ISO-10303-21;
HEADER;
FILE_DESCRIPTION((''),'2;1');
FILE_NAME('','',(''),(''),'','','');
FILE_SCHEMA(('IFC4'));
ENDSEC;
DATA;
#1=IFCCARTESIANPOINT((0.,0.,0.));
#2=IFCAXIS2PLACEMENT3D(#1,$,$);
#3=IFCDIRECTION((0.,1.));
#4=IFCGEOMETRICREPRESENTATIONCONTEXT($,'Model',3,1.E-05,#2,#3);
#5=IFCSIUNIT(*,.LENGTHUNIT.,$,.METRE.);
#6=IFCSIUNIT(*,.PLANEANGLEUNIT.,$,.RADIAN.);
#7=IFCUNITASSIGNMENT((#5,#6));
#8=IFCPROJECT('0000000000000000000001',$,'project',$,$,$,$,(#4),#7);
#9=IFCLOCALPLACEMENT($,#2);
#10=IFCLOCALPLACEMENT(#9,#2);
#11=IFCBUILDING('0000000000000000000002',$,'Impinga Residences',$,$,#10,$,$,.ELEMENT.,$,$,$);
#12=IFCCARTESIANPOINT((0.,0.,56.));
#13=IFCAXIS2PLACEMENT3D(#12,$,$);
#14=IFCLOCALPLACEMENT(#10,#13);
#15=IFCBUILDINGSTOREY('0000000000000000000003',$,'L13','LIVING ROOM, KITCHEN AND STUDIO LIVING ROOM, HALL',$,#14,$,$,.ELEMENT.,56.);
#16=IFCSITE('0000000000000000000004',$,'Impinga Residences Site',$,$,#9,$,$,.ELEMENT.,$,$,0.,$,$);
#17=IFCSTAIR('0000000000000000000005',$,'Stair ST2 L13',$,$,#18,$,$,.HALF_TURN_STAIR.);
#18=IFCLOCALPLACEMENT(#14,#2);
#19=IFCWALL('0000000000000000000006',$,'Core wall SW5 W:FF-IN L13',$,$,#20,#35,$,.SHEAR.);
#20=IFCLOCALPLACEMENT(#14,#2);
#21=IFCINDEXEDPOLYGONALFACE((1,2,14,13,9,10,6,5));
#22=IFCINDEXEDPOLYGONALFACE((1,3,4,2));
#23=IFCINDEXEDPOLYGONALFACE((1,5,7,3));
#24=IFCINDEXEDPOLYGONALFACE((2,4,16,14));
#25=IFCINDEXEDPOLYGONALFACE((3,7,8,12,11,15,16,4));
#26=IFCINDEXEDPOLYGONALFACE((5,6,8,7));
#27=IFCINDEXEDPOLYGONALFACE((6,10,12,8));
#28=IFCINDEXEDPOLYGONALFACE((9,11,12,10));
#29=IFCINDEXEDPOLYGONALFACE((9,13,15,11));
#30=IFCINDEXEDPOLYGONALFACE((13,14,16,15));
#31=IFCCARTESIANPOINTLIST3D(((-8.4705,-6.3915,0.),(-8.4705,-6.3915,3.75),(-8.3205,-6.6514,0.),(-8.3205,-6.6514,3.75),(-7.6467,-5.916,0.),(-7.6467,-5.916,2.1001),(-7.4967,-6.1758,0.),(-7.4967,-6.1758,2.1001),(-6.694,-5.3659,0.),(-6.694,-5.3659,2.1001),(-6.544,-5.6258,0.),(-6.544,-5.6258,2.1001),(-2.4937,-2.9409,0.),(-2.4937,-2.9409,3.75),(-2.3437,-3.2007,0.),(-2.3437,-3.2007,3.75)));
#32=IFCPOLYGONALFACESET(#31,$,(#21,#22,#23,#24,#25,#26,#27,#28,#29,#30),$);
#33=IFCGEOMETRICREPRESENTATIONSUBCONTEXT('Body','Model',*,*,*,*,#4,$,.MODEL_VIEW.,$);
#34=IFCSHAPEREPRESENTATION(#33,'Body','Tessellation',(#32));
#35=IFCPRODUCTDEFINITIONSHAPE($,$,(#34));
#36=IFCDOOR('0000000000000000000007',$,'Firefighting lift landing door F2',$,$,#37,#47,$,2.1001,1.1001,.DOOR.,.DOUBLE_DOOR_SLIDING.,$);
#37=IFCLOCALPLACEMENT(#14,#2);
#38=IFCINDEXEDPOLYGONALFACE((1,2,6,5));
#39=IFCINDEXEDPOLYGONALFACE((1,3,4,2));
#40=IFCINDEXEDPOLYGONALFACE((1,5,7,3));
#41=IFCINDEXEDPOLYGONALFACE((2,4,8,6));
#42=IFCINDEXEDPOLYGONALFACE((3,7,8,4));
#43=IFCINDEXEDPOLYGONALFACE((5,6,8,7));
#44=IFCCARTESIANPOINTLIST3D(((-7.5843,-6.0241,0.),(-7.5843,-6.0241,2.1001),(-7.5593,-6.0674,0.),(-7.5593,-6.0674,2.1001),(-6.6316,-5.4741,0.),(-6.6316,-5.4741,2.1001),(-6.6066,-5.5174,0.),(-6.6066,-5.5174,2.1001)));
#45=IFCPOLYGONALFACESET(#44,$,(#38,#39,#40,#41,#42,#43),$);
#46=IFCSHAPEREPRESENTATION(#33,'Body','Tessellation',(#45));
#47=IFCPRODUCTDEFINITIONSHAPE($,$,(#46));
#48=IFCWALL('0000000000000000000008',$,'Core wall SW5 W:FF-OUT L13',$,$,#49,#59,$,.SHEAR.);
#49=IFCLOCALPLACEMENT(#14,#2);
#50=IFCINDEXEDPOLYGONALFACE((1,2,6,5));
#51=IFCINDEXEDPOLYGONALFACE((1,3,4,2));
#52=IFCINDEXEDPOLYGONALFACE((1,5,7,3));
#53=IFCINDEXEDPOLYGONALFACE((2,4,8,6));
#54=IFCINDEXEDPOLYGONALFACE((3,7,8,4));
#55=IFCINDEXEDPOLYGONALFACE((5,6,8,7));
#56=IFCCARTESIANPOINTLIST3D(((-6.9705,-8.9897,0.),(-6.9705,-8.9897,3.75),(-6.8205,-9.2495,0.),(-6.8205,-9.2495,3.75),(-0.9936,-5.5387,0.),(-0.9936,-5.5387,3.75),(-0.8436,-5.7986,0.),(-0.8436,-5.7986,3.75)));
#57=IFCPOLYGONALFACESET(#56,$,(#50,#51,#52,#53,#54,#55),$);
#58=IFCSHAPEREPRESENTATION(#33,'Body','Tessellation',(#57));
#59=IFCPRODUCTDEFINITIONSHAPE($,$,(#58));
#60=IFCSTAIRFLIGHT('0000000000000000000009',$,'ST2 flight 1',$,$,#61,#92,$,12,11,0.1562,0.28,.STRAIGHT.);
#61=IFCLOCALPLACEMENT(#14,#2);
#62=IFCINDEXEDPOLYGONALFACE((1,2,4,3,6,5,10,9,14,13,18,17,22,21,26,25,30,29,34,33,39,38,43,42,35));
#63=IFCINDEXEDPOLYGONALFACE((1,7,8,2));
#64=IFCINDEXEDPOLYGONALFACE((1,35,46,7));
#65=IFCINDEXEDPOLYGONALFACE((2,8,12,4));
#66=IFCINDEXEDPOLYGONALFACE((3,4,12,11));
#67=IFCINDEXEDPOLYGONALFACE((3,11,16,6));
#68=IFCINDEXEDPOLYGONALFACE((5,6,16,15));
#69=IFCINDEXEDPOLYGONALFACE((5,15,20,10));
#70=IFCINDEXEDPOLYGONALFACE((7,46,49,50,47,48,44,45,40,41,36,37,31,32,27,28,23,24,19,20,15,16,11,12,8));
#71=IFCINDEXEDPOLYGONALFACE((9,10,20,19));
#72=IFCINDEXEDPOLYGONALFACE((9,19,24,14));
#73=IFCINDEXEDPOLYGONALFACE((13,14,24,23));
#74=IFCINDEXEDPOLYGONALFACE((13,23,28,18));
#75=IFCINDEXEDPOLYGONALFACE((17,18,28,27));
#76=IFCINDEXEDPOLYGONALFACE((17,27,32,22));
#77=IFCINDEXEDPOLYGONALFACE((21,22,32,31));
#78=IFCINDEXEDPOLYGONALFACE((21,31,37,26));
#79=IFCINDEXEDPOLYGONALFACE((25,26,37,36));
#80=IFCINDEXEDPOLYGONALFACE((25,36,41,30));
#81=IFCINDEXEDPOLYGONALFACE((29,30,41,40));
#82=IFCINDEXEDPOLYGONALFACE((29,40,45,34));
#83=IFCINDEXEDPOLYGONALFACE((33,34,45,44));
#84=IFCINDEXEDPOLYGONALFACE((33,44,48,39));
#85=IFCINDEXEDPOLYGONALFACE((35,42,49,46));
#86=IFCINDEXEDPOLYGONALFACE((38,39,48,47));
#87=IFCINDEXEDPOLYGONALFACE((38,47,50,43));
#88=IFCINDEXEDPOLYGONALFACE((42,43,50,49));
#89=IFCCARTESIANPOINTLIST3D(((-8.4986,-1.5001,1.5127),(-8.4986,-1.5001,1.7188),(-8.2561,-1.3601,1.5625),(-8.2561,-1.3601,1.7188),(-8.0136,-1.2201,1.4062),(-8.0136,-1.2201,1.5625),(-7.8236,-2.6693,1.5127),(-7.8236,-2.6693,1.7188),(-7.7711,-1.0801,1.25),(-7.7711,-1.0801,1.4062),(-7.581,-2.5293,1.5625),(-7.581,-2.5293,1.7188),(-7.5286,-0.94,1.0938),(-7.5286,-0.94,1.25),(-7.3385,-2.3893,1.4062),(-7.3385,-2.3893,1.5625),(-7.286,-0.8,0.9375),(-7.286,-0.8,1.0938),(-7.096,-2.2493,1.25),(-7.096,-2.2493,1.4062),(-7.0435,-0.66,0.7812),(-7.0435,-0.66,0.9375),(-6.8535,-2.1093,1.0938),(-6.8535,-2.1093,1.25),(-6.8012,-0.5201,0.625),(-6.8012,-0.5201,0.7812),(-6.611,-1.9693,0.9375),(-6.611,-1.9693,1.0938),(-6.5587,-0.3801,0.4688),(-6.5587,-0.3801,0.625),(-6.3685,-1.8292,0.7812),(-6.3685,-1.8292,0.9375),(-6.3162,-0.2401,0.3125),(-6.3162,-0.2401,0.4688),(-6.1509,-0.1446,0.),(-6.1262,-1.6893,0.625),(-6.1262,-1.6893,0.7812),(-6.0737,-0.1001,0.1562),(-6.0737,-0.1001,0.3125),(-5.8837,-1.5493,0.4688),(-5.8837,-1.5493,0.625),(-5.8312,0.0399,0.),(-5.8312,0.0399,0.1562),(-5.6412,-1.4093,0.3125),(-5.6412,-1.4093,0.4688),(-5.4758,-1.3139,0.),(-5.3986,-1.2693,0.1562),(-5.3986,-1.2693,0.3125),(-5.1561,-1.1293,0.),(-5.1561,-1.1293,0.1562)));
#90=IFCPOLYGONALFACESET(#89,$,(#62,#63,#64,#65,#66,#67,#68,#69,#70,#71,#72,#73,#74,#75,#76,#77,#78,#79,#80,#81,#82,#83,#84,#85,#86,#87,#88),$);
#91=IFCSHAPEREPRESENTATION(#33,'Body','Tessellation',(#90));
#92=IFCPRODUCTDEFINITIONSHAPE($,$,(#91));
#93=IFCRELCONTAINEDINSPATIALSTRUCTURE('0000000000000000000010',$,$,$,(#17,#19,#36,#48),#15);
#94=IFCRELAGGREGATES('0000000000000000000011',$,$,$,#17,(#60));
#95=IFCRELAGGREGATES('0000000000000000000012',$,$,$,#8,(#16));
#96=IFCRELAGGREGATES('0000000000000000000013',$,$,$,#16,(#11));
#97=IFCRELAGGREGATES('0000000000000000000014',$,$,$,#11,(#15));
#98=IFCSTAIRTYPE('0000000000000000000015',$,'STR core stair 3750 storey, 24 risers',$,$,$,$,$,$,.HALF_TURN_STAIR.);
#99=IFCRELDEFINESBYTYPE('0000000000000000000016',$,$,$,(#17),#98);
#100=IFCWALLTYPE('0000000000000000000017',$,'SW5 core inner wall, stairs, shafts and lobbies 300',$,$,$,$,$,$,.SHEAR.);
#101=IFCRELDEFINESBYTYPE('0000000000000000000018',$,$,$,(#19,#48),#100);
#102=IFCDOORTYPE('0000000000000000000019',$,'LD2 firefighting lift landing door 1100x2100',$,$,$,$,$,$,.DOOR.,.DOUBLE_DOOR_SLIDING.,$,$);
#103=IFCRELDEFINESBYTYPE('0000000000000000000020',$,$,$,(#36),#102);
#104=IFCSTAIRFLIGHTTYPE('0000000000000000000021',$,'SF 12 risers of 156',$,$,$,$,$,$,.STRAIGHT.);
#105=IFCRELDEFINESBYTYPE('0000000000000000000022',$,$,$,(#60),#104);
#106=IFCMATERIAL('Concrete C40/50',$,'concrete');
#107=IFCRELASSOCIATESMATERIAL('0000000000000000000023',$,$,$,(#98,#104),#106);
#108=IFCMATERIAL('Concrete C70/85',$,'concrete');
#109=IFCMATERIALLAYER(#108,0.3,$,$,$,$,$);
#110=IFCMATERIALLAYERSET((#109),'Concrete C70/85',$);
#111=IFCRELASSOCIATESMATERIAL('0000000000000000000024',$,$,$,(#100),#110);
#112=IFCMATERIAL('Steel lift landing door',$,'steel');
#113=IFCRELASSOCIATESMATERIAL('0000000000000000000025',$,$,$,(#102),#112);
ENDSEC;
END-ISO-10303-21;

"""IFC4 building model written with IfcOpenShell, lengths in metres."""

from ifc_helpers import new_model, si_unit, direction, frame, frame_2d, origin, place, context, subcontext, project, spatial, polyline, rectangle, outline, extrude, material, layer, layer_set, type_object, element, fill, aggregate, save


model = new_model("IFC4")

# Units and contexts
model_context = context("Model", 3, precision=1e-05, world=origin(), true_north=direction((0.0, 1.0)))
body_context = subcontext(model_context, "Body", "Model", "MODEL_VIEW")
ifc_project = project(units=[si_unit("LENGTHUNIT", "METRE"), si_unit("PLANEANGLEUNIT", "RADIAN")], contexts=[model_context])

# Site, building, storey
site_placement = place(None, origin())
site = spatial("IfcSite", under=ifc_project, at=site_placement, Name="Impinga Residences Site", CompositionType="ELEMENT", RefElevation=0.0)
building_placement = place(site_placement, origin())
building = spatial("IfcBuilding", under=site, at=building_placement, Name="Impinga Residences", CompositionType="ELEMENT")
storey_placement = place(building_placement, frame((0.0, 0.0, 56.0)))
storey = spatial("IfcBuildingStorey", under=building, at=storey_placement, Name="L13", Description="LIVING ROOM, KITCHEN AND STUDIO LIVING ROOM, HALL", CompositionType="ELEMENT", Elevation=56.0)

# Stair
ifc_material_1 = material(Name="Concrete C40/50", Category="concrete")
stair_type = type_object("IfcStairType", Name="STR core stair 3750 storey, 24 risers", PredefinedType="HALF_TURN_STAIR", material=ifc_material_1)
stair_1_placement = place(storey_placement, origin())
stair_1 = element("IfcStair", 1, at=stair_1_placement, inside=storey, type_object=stair_type, Name="Stair ST2 L13", PredefinedType="HALF_TURN_STAIR")

# Shared definitions
ifc_material_2 = material(Name="Concrete C70/85", Category="concrete")

# Shared definitions
ifc_layer_1 = layer(ifc_material_2, 0.3)
ifc_layer_set_1 = layer_set([ifc_layer_1], Name="Concrete C70/85")
wall_type_1 = type_object("IfcWallType", Name="SW5 core inner wall, stairs, shafts and lobbies 300", PredefinedType="SHEAR", material=ifc_layer_set_1)

# Wall, opening, door
wall_1_placement = place(storey_placement, frame((-2.4187, -3.0708, 0.0), z_axis=(0.0, 0.0, 1.0), x_axis=(-0.866027, -0.499997, 0.0)))
wall_1 = element("IfcWall", 2, at=wall_1_placement, inside=storey, type_object=wall_type_1, Name="Core wall SW5 W:FF-IN L13", PredefinedType="SHEAR", context=body_context, shape_type="SweptSolid", body=[
    extrude(rectangle(XDim=6.9014, YDim=0.3, at=frame_2d((3.4507, 0.0))), origin(), (0.0, 0.0, 1.0), 3.75),
])
opening_1_placement = place(wall_1_placement, frame((4.8501, 0.0, 0.0)))
opening_1 = element("IfcOpeningElement", 3, at=opening_1_placement, cuts=wall_1, PredefinedType="OPENING", context=body_context, shape_type="SweptSolid", body=[
    extrude(rectangle(XDim=1.1001, YDim=2.1001, at=frame_2d((0.55, 1.05))), frame((0.0, 0.1599, 0.0), z_axis=(0.0, -1.0, 0.0), x_axis=(1.0, 0.0, 0.0)), (0.0, 0.0, 1.0), 0.3201),
])
ifc_material_3 = material(Name="Steel lift landing door", Category="steel")
door_type_1 = type_object("IfcDoorType", Name="LD2 firefighting lift landing door 1100x2100", OperationType="DOUBLE_DOOR_SLIDING", PredefinedType="DOOR", material=ifc_material_3)
door_1_placement = place(opening_1_placement, origin())
door_1 = element("IfcDoor", 4, at=door_1_placement, inside=storey, type_object=door_type_1, Name="Firefighting lift landing door F2", OperationType="DOUBLE_DOOR_SLIDING", OverallHeight=2.1001, OverallWidth=1.1001, PredefinedType="DOOR", context=body_context, shape_type="SweptSolid", body=[
    extrude(rectangle(XDim=1.1001, YDim=2.1001, at=frame_2d((0.55, 1.05))), frame((0.0, 0.0249, 0.0), z_axis=(0.0, -1.0, 0.0), x_axis=(1.0, 0.0, 0.0)), (0.0, 0.0, 1.0), 0.05),
])
fill(opening_1, door_1)

# Wall
wall_2_placement = place(storey_placement, frame((-0.9187, -5.6687, 0.0), z_axis=(0.0, 0.0, 1.0), x_axis=(-0.866012, -0.500024, 0.0)))
element("IfcWall", 5, at=wall_2_placement, inside=storey, type_object=wall_type_1, Name="Core wall SW5 W:FF-OUT L13", PredefinedType="SHEAR", context=body_context, shape_type="SweptSolid", body=[
    extrude(rectangle(XDim=6.9016, YDim=0.3, at=frame_2d((3.4507, 0.0))), origin(), (0.0, 0.0, 1.0), 3.75),
])

# Stair flight
stair_flight_type = type_object("IfcStairFlightType", Name="SF 12 risers of 156", PredefinedType="STRAIGHT", material=ifc_material_1)
stair_flight_placement = place(storey_placement, frame((-5.4937, -0.5447, 0.0), z_axis=(0.0, 0.0, 1.0), x_axis=(-0.866025, -0.5, 0.0)))
stair_flight = element("IfcStairFlight", 6, at=stair_flight_placement, type_object=stair_flight_type, Name="ST2 flight 1", NumberOfRisers=12, NumberOfTreads=11, PredefinedType="STRAIGHT", RiserHeight=0.1562, TreadLength=0.28, context=body_context, shape_type="SweptSolid", body=[
    extrude(outline(polyline([(0.0, 0.0), (0.0, 0.1562), (0.28, 0.1562), (0.28, 0.3125), (0.5601, 0.3125), (0.5601, 0.4688), (0.8401, 0.4688), (0.8401, 0.625), (1.1201, 0.625), (1.1201, 0.7812), (1.3999, 0.7812), (1.3999, 0.9375), (1.6799, 0.9375), (1.6799, 1.0938), (1.96, 1.0938), (1.96, 1.25), (2.24, 1.25), (2.24, 1.4062), (2.52, 1.4062), (2.52, 1.5625), (2.8, 1.5625), (2.8, 1.7188), (3.0801, 1.7188), (3.0801, 1.875), (3.0801, 1.5127), (0.3691, 0.0), (0.0, 0.0)])), frame((0.0, 0.675, 0.0), z_axis=(0.0, -1.0, 0.0), x_axis=(1.0, 0.0, 0.0)), (0.0, 0.0, 1.0), 1.3501),
])
aggregate(stair_1, [stair_flight])

save(model, "model.ifc")
